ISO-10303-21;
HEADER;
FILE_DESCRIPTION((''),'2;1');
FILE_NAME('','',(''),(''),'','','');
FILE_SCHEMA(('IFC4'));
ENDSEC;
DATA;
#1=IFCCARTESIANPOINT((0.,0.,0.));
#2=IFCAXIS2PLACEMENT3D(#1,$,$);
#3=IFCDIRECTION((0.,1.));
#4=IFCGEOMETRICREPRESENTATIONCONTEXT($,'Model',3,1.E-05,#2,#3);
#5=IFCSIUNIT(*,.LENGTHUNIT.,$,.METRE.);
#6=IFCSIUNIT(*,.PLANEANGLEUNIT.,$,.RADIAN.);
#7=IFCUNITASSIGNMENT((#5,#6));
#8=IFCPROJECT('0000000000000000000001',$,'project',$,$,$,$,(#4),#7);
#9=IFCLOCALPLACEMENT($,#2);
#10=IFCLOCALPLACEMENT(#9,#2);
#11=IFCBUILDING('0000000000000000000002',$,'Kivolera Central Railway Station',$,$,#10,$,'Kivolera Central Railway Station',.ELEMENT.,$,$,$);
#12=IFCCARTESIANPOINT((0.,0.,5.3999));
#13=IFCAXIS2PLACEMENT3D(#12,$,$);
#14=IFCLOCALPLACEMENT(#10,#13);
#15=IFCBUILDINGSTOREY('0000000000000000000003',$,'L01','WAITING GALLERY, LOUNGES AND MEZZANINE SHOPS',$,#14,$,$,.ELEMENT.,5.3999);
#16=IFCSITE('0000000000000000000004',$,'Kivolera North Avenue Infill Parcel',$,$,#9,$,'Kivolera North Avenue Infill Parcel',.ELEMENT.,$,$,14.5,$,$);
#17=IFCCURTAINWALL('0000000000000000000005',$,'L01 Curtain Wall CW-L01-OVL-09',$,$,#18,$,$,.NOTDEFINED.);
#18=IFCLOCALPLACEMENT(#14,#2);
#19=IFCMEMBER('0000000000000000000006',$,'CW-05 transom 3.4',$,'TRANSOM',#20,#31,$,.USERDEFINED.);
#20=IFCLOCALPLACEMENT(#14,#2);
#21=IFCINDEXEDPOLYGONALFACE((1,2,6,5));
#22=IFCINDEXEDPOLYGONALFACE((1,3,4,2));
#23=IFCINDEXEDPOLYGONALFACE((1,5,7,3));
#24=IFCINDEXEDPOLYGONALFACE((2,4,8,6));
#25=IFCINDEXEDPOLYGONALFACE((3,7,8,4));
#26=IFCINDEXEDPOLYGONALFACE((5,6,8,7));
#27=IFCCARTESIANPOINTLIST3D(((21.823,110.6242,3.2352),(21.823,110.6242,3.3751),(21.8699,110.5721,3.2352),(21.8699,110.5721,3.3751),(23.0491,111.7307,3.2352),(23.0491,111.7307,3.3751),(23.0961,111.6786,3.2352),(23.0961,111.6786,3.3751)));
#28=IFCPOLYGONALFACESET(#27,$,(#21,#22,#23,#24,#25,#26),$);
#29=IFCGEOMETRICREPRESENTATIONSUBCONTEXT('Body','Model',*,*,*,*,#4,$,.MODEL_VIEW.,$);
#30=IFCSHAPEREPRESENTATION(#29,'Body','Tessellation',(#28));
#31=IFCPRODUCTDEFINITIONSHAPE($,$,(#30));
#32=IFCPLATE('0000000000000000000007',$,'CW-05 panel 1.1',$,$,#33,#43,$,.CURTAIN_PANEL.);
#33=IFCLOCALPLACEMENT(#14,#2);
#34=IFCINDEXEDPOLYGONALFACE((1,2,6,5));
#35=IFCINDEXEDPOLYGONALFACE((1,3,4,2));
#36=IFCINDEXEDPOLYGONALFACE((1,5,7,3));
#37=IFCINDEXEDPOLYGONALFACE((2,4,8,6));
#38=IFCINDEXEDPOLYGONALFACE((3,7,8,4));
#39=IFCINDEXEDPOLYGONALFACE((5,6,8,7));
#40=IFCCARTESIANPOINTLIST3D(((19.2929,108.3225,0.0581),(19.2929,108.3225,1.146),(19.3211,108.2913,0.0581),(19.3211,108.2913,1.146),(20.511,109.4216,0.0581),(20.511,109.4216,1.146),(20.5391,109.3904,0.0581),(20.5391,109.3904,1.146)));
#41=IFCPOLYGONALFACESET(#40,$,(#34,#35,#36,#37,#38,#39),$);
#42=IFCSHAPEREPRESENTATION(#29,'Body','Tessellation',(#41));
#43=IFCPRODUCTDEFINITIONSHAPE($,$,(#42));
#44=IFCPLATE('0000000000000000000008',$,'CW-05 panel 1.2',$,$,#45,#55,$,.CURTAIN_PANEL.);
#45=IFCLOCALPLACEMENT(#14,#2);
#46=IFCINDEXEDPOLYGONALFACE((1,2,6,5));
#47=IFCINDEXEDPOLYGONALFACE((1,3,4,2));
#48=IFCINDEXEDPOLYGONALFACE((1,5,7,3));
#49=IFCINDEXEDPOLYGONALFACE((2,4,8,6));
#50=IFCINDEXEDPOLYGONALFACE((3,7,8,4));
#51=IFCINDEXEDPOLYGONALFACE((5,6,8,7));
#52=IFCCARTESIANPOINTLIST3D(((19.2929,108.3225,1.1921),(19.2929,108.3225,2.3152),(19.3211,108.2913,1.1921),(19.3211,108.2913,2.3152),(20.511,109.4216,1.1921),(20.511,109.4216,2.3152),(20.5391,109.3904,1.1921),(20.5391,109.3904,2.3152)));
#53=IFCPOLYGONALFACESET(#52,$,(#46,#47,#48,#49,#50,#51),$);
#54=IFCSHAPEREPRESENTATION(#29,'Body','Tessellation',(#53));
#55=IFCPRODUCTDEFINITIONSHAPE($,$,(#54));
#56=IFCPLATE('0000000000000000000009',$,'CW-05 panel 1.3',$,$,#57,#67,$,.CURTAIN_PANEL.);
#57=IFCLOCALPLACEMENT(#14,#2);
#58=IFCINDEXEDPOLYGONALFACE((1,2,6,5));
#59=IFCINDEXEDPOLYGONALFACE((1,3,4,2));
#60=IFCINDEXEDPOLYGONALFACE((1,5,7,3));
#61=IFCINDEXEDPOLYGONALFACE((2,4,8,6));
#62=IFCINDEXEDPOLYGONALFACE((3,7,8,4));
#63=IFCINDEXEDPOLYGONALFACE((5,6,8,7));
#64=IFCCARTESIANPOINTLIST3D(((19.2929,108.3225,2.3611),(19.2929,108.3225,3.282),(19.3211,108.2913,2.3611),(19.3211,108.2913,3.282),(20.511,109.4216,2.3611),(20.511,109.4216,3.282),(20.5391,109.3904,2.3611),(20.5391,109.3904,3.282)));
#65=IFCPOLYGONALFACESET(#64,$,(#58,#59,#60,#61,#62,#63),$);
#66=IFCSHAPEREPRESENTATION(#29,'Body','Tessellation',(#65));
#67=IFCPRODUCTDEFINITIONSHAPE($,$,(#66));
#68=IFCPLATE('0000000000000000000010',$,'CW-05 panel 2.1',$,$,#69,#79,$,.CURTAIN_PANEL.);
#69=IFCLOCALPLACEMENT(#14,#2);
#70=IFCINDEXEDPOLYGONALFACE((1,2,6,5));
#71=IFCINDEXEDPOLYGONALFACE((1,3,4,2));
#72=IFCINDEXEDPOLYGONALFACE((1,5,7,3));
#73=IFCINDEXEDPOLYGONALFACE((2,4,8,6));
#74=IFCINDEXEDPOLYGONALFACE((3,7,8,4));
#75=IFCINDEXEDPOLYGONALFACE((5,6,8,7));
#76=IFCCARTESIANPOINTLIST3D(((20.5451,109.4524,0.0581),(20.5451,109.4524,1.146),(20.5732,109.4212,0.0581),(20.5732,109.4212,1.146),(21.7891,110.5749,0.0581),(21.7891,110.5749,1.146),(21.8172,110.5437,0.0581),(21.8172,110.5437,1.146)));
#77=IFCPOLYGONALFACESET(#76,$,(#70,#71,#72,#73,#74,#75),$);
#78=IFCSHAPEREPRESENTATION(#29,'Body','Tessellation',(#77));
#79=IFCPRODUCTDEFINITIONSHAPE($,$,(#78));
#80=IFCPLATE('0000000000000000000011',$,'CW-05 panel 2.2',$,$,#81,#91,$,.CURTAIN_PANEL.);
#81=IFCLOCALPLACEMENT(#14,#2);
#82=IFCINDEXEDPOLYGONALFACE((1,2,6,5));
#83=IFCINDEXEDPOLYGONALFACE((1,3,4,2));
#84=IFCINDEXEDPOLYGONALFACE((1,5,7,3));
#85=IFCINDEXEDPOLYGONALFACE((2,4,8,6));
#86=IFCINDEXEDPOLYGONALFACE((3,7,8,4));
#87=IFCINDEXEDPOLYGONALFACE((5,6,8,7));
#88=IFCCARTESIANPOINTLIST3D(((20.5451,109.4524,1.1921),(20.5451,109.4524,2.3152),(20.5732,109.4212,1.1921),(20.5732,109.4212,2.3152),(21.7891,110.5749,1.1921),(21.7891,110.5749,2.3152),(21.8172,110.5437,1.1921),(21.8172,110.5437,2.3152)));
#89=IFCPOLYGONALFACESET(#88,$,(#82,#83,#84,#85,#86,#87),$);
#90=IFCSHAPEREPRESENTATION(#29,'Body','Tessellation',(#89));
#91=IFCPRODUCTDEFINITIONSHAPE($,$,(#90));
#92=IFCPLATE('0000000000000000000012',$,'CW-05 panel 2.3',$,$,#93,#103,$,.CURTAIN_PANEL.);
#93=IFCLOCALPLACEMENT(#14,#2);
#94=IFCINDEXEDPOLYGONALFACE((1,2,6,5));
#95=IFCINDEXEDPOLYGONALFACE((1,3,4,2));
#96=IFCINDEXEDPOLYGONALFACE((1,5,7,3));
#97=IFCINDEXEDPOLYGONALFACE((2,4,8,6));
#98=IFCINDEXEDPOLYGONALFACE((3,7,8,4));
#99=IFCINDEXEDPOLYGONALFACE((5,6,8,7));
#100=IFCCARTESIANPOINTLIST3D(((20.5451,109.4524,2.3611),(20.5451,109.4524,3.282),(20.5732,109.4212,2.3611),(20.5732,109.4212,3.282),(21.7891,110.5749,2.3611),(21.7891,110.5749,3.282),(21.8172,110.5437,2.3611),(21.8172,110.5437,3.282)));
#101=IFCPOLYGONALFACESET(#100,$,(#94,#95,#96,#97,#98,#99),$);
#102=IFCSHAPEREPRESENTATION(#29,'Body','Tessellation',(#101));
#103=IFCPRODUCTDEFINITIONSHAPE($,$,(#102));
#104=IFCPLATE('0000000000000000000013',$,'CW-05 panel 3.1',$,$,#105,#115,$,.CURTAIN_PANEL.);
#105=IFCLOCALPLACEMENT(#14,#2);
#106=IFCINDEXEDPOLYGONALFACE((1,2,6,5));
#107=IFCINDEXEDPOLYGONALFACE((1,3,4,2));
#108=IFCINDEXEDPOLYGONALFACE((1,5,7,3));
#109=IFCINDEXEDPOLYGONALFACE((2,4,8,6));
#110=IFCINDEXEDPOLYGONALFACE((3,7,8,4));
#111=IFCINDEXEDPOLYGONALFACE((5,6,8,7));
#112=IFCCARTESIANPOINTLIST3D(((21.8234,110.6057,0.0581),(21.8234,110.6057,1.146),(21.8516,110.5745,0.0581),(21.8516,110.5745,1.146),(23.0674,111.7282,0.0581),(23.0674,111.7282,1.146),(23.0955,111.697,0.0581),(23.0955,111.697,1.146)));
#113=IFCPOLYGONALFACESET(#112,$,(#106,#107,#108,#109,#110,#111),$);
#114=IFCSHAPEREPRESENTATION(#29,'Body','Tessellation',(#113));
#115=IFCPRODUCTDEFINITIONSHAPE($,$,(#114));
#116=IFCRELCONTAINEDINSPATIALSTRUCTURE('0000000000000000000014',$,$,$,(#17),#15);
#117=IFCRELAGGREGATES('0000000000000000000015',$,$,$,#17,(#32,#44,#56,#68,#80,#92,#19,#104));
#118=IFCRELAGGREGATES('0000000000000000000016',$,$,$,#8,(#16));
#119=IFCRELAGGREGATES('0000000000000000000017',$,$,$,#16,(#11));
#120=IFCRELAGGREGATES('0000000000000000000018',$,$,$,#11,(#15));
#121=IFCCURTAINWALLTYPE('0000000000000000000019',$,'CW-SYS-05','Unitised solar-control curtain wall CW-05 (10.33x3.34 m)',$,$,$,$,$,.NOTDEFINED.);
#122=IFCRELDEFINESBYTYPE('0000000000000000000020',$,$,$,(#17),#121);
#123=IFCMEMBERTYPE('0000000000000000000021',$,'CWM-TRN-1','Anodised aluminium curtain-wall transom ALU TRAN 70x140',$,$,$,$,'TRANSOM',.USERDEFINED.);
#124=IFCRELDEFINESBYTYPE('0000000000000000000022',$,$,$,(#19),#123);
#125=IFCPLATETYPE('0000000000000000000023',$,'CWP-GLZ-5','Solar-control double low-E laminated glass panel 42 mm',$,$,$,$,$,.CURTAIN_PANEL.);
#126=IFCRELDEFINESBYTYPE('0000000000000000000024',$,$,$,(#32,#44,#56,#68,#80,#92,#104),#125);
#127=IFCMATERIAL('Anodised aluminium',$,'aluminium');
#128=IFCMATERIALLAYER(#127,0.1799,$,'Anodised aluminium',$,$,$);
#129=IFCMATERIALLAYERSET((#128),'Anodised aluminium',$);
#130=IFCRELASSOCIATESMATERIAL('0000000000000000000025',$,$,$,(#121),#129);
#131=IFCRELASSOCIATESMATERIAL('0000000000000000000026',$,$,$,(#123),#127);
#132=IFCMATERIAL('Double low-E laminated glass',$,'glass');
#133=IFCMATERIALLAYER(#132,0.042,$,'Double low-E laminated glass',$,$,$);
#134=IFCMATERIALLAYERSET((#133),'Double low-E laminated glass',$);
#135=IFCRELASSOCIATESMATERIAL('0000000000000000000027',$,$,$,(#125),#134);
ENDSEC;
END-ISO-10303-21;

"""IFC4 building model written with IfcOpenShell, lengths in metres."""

from ifc_helpers import new_model, si_unit, direction, frame, origin, origin_2d, place, context, subcontext, project, spatial, rectangle, extrude, material, layer, layer_set, material_profile, profile_set, type_object, element, aggregate, save


model = new_model("IFC4")

# Units and contexts
model_context = context("Model", 3, precision=1e-05, world=origin(), true_north=direction((0.0, 1.0)))
body_context = subcontext(model_context, "Body", "Model", "MODEL_VIEW")
ifc_project = project(units=[si_unit("LENGTHUNIT", "METRE"), si_unit("PLANEANGLEUNIT", "RADIAN")], contexts=[model_context])

# Site, building, storey
site_placement = place(None, origin())
site = spatial("IfcSite", under=ifc_project, at=site_placement, Name="Kivolera North Avenue Infill Parcel", LongName="Kivolera North Avenue Infill Parcel", CompositionType="ELEMENT", RefElevation=14.5)
building_placement = place(site_placement, origin())
building = spatial("IfcBuilding", under=site, at=building_placement, Name="Kivolera Central Railway Station", LongName="Kivolera Central Railway Station", CompositionType="ELEMENT")
storey_placement = place(building_placement, frame((0.0, 0.0, 5.3999)))
storey = spatial("IfcBuildingStorey", under=building, at=storey_placement, Name="L01", Description="WAITING GALLERY, LOUNGES AND MEZZANINE SHOPS", CompositionType="ELEMENT", Elevation=5.3999)

# Curtain wall, member, plates
ifc_material_1 = material(Name="Anodised aluminium", Category="aluminium")
ifc_layer_1 = layer(ifc_material_1, 0.1799, Name="Anodised aluminium")
ifc_layer_set_1 = layer_set([ifc_layer_1], Name="Anodised aluminium")
curtain_wall_type = type_object("IfcCurtainWallType", Name="CW-SYS-05", Description="Unitised solar-control curtain wall CW-05 (10.33x3.34 m)", PredefinedType="NOTDEFINED", material=ifc_layer_set_1)
curtain_wall_placement = place(storey_placement, origin())
curtain_wall = element("IfcCurtainWall", 1, at=curtain_wall_placement, inside=storey, type_object=curtain_wall_type, Name="L01 Curtain Wall CW-L01-OVL-09", PredefinedType="NOTDEFINED")
ifc_material_profile_1 = material_profile(ifc_material_1, rectangle(XDim=0.0701, YDim=0.1399, at=origin_2d()), Name="ALU TRAN 70x140")
ifc_profile_set_1 = profile_set([ifc_material_profile_1], Name="Anodised aluminium")
member_type_1 = type_object("IfcMemberType", Name="CWM-TRN-1", Description="Anodised aluminium curtain-wall transom ALU TRAN 70x140", ElementType="TRANSOM", PredefinedType="USERDEFINED", material=ifc_profile_set_1)
member_1_placement = place(storey_placement, frame((21.8464, 110.5981, 3.3052), z_axis=(0.742397, 0.669961, 0.0), x_axis=(-0.669961, 0.742397, 0.0)))
member_1 = element("IfcMember", 2, at=member_1_placement, type_object=member_type_1, Name="CW-05 transom 3.4", ObjectType="TRANSOM", PredefinedType="USERDEFINED", context=body_context, shape_type="SweptSolid", body=[
    extrude(rectangle(XDim=0.0701, YDim=0.1399, at=origin_2d()), origin(), (0.0, 0.0, 1.0), 1.6516),
])
ifc_material_2 = material(Name="Double low-E laminated glass", Category="glass")
ifc_layer_2 = layer(ifc_material_2, 0.042, Name="Double low-E laminated glass")
ifc_layer_set_2 = layer_set([ifc_layer_2], Name="Double low-E laminated glass")
plate_type = type_object("IfcPlateType", Name="CWP-GLZ-5", Description="Solar-control double low-E laminated glass panel 42 mm", PredefinedType="CURTAIN_PANEL", material=ifc_layer_set_2)
plate_1_placement = place(storey_placement, frame((19.916, 108.8564, 0.0581), z_axis=(0.0, 0.0, 1.0), x_axis=(0.742432, 0.669922, 0.0)))
plate_1 = element("IfcPlate", 3, at=plate_1_placement, type_object=plate_type, Name="CW-05 panel 1.1", PredefinedType="CURTAIN_PANEL", context=body_context, shape_type="SweptSolid", body=[
    extrude(rectangle(XDim=1.6406, YDim=0.042, at=origin_2d()), origin(), (0.0, 0.0, 1.0), 1.0879),
])
plate_2_placement = place(storey_placement, frame((19.916, 108.8564, 1.1921), z_axis=(0.0, 0.0, 1.0), x_axis=(0.742432, 0.669922, 0.0)))
plate_2 = element("IfcPlate", 4, at=plate_2_placement, type_object=plate_type, Name="CW-05 panel 1.2", PredefinedType="CURTAIN_PANEL", context=body_context, shape_type="SweptSolid", body=[
    extrude(rectangle(XDim=1.6406, YDim=0.042, at=origin_2d()), origin(), (0.0, 0.0, 1.0), 1.123),
])
plate_3_placement = place(storey_placement, frame((19.916, 108.8564, 2.3611), z_axis=(0.0, 0.0, 1.0), x_axis=(0.742432, 0.669922, 0.0)))
plate_3 = element("IfcPlate", 5, at=plate_3_placement, type_object=plate_type, Name="CW-05 panel 1.3", PredefinedType="CURTAIN_PANEL", context=body_context, shape_type="SweptSolid", body=[
    extrude(rectangle(XDim=1.6406, YDim=0.042, at=origin_2d()), origin(), (0.0, 0.0, 1.0), 0.9209),
])
plate_4_placement = place(storey_placement, frame((21.1812, 109.998, 0.0581), z_axis=(0.0, 0.0, 1.0), x_axis=(0.742432, 0.669922, 0.0)))
plate_4 = element("IfcPlate", 6, at=plate_4_placement, type_object=plate_type, Name="CW-05 panel 2.1", PredefinedType="CURTAIN_PANEL", context=body_context, shape_type="SweptSolid", body=[
    extrude(rectangle(XDim=1.6755, YDim=0.042, at=origin_2d()), origin(), (0.0, 0.0, 1.0), 1.0879),
])
plate_5_placement = place(storey_placement, frame((21.1812, 109.998, 1.1921), z_axis=(0.0, 0.0, 1.0), x_axis=(0.742432, 0.669922, 0.0)))
plate_5 = element("IfcPlate", 7, at=plate_5_placement, type_object=plate_type, Name="CW-05 panel 2.2", PredefinedType="CURTAIN_PANEL", context=body_context, shape_type="SweptSolid", body=[
    extrude(rectangle(XDim=1.6755, YDim=0.042, at=origin_2d()), origin(), (0.0, 0.0, 1.0), 1.123),
])
plate_6_placement = place(storey_placement, frame((21.1812, 109.998, 2.3611), z_axis=(0.0, 0.0, 1.0), x_axis=(0.742432, 0.669922, 0.0)))
plate_6 = element("IfcPlate", 8, at=plate_6_placement, type_object=plate_type, Name="CW-05 panel 2.3", PredefinedType="CURTAIN_PANEL", context=body_context, shape_type="SweptSolid", body=[
    extrude(rectangle(XDim=1.6755, YDim=0.042, at=origin_2d()), origin(), (0.0, 0.0, 1.0), 0.9209),
])
plate_7_placement = place(storey_placement, frame((22.4595, 111.1514, 0.0581), z_axis=(0.0, 0.0, 1.0), x_axis=(0.742432, 0.669922, 0.0)))
plate_7 = element("IfcPlate", 9, at=plate_7_placement, type_object=plate_type, Name="CW-05 panel 3.1", PredefinedType="CURTAIN_PANEL", context=body_context, shape_type="SweptSolid", body=[
    extrude(rectangle(XDim=1.6755, YDim=0.042, at=origin_2d()), origin(), (0.0, 0.0, 1.0), 1.0879),
])
aggregate(curtain_wall, [plate_1, plate_2, plate_3, plate_4, plate_5, plate_6, member_1, plate_7])

save(model, "model.ifc")
